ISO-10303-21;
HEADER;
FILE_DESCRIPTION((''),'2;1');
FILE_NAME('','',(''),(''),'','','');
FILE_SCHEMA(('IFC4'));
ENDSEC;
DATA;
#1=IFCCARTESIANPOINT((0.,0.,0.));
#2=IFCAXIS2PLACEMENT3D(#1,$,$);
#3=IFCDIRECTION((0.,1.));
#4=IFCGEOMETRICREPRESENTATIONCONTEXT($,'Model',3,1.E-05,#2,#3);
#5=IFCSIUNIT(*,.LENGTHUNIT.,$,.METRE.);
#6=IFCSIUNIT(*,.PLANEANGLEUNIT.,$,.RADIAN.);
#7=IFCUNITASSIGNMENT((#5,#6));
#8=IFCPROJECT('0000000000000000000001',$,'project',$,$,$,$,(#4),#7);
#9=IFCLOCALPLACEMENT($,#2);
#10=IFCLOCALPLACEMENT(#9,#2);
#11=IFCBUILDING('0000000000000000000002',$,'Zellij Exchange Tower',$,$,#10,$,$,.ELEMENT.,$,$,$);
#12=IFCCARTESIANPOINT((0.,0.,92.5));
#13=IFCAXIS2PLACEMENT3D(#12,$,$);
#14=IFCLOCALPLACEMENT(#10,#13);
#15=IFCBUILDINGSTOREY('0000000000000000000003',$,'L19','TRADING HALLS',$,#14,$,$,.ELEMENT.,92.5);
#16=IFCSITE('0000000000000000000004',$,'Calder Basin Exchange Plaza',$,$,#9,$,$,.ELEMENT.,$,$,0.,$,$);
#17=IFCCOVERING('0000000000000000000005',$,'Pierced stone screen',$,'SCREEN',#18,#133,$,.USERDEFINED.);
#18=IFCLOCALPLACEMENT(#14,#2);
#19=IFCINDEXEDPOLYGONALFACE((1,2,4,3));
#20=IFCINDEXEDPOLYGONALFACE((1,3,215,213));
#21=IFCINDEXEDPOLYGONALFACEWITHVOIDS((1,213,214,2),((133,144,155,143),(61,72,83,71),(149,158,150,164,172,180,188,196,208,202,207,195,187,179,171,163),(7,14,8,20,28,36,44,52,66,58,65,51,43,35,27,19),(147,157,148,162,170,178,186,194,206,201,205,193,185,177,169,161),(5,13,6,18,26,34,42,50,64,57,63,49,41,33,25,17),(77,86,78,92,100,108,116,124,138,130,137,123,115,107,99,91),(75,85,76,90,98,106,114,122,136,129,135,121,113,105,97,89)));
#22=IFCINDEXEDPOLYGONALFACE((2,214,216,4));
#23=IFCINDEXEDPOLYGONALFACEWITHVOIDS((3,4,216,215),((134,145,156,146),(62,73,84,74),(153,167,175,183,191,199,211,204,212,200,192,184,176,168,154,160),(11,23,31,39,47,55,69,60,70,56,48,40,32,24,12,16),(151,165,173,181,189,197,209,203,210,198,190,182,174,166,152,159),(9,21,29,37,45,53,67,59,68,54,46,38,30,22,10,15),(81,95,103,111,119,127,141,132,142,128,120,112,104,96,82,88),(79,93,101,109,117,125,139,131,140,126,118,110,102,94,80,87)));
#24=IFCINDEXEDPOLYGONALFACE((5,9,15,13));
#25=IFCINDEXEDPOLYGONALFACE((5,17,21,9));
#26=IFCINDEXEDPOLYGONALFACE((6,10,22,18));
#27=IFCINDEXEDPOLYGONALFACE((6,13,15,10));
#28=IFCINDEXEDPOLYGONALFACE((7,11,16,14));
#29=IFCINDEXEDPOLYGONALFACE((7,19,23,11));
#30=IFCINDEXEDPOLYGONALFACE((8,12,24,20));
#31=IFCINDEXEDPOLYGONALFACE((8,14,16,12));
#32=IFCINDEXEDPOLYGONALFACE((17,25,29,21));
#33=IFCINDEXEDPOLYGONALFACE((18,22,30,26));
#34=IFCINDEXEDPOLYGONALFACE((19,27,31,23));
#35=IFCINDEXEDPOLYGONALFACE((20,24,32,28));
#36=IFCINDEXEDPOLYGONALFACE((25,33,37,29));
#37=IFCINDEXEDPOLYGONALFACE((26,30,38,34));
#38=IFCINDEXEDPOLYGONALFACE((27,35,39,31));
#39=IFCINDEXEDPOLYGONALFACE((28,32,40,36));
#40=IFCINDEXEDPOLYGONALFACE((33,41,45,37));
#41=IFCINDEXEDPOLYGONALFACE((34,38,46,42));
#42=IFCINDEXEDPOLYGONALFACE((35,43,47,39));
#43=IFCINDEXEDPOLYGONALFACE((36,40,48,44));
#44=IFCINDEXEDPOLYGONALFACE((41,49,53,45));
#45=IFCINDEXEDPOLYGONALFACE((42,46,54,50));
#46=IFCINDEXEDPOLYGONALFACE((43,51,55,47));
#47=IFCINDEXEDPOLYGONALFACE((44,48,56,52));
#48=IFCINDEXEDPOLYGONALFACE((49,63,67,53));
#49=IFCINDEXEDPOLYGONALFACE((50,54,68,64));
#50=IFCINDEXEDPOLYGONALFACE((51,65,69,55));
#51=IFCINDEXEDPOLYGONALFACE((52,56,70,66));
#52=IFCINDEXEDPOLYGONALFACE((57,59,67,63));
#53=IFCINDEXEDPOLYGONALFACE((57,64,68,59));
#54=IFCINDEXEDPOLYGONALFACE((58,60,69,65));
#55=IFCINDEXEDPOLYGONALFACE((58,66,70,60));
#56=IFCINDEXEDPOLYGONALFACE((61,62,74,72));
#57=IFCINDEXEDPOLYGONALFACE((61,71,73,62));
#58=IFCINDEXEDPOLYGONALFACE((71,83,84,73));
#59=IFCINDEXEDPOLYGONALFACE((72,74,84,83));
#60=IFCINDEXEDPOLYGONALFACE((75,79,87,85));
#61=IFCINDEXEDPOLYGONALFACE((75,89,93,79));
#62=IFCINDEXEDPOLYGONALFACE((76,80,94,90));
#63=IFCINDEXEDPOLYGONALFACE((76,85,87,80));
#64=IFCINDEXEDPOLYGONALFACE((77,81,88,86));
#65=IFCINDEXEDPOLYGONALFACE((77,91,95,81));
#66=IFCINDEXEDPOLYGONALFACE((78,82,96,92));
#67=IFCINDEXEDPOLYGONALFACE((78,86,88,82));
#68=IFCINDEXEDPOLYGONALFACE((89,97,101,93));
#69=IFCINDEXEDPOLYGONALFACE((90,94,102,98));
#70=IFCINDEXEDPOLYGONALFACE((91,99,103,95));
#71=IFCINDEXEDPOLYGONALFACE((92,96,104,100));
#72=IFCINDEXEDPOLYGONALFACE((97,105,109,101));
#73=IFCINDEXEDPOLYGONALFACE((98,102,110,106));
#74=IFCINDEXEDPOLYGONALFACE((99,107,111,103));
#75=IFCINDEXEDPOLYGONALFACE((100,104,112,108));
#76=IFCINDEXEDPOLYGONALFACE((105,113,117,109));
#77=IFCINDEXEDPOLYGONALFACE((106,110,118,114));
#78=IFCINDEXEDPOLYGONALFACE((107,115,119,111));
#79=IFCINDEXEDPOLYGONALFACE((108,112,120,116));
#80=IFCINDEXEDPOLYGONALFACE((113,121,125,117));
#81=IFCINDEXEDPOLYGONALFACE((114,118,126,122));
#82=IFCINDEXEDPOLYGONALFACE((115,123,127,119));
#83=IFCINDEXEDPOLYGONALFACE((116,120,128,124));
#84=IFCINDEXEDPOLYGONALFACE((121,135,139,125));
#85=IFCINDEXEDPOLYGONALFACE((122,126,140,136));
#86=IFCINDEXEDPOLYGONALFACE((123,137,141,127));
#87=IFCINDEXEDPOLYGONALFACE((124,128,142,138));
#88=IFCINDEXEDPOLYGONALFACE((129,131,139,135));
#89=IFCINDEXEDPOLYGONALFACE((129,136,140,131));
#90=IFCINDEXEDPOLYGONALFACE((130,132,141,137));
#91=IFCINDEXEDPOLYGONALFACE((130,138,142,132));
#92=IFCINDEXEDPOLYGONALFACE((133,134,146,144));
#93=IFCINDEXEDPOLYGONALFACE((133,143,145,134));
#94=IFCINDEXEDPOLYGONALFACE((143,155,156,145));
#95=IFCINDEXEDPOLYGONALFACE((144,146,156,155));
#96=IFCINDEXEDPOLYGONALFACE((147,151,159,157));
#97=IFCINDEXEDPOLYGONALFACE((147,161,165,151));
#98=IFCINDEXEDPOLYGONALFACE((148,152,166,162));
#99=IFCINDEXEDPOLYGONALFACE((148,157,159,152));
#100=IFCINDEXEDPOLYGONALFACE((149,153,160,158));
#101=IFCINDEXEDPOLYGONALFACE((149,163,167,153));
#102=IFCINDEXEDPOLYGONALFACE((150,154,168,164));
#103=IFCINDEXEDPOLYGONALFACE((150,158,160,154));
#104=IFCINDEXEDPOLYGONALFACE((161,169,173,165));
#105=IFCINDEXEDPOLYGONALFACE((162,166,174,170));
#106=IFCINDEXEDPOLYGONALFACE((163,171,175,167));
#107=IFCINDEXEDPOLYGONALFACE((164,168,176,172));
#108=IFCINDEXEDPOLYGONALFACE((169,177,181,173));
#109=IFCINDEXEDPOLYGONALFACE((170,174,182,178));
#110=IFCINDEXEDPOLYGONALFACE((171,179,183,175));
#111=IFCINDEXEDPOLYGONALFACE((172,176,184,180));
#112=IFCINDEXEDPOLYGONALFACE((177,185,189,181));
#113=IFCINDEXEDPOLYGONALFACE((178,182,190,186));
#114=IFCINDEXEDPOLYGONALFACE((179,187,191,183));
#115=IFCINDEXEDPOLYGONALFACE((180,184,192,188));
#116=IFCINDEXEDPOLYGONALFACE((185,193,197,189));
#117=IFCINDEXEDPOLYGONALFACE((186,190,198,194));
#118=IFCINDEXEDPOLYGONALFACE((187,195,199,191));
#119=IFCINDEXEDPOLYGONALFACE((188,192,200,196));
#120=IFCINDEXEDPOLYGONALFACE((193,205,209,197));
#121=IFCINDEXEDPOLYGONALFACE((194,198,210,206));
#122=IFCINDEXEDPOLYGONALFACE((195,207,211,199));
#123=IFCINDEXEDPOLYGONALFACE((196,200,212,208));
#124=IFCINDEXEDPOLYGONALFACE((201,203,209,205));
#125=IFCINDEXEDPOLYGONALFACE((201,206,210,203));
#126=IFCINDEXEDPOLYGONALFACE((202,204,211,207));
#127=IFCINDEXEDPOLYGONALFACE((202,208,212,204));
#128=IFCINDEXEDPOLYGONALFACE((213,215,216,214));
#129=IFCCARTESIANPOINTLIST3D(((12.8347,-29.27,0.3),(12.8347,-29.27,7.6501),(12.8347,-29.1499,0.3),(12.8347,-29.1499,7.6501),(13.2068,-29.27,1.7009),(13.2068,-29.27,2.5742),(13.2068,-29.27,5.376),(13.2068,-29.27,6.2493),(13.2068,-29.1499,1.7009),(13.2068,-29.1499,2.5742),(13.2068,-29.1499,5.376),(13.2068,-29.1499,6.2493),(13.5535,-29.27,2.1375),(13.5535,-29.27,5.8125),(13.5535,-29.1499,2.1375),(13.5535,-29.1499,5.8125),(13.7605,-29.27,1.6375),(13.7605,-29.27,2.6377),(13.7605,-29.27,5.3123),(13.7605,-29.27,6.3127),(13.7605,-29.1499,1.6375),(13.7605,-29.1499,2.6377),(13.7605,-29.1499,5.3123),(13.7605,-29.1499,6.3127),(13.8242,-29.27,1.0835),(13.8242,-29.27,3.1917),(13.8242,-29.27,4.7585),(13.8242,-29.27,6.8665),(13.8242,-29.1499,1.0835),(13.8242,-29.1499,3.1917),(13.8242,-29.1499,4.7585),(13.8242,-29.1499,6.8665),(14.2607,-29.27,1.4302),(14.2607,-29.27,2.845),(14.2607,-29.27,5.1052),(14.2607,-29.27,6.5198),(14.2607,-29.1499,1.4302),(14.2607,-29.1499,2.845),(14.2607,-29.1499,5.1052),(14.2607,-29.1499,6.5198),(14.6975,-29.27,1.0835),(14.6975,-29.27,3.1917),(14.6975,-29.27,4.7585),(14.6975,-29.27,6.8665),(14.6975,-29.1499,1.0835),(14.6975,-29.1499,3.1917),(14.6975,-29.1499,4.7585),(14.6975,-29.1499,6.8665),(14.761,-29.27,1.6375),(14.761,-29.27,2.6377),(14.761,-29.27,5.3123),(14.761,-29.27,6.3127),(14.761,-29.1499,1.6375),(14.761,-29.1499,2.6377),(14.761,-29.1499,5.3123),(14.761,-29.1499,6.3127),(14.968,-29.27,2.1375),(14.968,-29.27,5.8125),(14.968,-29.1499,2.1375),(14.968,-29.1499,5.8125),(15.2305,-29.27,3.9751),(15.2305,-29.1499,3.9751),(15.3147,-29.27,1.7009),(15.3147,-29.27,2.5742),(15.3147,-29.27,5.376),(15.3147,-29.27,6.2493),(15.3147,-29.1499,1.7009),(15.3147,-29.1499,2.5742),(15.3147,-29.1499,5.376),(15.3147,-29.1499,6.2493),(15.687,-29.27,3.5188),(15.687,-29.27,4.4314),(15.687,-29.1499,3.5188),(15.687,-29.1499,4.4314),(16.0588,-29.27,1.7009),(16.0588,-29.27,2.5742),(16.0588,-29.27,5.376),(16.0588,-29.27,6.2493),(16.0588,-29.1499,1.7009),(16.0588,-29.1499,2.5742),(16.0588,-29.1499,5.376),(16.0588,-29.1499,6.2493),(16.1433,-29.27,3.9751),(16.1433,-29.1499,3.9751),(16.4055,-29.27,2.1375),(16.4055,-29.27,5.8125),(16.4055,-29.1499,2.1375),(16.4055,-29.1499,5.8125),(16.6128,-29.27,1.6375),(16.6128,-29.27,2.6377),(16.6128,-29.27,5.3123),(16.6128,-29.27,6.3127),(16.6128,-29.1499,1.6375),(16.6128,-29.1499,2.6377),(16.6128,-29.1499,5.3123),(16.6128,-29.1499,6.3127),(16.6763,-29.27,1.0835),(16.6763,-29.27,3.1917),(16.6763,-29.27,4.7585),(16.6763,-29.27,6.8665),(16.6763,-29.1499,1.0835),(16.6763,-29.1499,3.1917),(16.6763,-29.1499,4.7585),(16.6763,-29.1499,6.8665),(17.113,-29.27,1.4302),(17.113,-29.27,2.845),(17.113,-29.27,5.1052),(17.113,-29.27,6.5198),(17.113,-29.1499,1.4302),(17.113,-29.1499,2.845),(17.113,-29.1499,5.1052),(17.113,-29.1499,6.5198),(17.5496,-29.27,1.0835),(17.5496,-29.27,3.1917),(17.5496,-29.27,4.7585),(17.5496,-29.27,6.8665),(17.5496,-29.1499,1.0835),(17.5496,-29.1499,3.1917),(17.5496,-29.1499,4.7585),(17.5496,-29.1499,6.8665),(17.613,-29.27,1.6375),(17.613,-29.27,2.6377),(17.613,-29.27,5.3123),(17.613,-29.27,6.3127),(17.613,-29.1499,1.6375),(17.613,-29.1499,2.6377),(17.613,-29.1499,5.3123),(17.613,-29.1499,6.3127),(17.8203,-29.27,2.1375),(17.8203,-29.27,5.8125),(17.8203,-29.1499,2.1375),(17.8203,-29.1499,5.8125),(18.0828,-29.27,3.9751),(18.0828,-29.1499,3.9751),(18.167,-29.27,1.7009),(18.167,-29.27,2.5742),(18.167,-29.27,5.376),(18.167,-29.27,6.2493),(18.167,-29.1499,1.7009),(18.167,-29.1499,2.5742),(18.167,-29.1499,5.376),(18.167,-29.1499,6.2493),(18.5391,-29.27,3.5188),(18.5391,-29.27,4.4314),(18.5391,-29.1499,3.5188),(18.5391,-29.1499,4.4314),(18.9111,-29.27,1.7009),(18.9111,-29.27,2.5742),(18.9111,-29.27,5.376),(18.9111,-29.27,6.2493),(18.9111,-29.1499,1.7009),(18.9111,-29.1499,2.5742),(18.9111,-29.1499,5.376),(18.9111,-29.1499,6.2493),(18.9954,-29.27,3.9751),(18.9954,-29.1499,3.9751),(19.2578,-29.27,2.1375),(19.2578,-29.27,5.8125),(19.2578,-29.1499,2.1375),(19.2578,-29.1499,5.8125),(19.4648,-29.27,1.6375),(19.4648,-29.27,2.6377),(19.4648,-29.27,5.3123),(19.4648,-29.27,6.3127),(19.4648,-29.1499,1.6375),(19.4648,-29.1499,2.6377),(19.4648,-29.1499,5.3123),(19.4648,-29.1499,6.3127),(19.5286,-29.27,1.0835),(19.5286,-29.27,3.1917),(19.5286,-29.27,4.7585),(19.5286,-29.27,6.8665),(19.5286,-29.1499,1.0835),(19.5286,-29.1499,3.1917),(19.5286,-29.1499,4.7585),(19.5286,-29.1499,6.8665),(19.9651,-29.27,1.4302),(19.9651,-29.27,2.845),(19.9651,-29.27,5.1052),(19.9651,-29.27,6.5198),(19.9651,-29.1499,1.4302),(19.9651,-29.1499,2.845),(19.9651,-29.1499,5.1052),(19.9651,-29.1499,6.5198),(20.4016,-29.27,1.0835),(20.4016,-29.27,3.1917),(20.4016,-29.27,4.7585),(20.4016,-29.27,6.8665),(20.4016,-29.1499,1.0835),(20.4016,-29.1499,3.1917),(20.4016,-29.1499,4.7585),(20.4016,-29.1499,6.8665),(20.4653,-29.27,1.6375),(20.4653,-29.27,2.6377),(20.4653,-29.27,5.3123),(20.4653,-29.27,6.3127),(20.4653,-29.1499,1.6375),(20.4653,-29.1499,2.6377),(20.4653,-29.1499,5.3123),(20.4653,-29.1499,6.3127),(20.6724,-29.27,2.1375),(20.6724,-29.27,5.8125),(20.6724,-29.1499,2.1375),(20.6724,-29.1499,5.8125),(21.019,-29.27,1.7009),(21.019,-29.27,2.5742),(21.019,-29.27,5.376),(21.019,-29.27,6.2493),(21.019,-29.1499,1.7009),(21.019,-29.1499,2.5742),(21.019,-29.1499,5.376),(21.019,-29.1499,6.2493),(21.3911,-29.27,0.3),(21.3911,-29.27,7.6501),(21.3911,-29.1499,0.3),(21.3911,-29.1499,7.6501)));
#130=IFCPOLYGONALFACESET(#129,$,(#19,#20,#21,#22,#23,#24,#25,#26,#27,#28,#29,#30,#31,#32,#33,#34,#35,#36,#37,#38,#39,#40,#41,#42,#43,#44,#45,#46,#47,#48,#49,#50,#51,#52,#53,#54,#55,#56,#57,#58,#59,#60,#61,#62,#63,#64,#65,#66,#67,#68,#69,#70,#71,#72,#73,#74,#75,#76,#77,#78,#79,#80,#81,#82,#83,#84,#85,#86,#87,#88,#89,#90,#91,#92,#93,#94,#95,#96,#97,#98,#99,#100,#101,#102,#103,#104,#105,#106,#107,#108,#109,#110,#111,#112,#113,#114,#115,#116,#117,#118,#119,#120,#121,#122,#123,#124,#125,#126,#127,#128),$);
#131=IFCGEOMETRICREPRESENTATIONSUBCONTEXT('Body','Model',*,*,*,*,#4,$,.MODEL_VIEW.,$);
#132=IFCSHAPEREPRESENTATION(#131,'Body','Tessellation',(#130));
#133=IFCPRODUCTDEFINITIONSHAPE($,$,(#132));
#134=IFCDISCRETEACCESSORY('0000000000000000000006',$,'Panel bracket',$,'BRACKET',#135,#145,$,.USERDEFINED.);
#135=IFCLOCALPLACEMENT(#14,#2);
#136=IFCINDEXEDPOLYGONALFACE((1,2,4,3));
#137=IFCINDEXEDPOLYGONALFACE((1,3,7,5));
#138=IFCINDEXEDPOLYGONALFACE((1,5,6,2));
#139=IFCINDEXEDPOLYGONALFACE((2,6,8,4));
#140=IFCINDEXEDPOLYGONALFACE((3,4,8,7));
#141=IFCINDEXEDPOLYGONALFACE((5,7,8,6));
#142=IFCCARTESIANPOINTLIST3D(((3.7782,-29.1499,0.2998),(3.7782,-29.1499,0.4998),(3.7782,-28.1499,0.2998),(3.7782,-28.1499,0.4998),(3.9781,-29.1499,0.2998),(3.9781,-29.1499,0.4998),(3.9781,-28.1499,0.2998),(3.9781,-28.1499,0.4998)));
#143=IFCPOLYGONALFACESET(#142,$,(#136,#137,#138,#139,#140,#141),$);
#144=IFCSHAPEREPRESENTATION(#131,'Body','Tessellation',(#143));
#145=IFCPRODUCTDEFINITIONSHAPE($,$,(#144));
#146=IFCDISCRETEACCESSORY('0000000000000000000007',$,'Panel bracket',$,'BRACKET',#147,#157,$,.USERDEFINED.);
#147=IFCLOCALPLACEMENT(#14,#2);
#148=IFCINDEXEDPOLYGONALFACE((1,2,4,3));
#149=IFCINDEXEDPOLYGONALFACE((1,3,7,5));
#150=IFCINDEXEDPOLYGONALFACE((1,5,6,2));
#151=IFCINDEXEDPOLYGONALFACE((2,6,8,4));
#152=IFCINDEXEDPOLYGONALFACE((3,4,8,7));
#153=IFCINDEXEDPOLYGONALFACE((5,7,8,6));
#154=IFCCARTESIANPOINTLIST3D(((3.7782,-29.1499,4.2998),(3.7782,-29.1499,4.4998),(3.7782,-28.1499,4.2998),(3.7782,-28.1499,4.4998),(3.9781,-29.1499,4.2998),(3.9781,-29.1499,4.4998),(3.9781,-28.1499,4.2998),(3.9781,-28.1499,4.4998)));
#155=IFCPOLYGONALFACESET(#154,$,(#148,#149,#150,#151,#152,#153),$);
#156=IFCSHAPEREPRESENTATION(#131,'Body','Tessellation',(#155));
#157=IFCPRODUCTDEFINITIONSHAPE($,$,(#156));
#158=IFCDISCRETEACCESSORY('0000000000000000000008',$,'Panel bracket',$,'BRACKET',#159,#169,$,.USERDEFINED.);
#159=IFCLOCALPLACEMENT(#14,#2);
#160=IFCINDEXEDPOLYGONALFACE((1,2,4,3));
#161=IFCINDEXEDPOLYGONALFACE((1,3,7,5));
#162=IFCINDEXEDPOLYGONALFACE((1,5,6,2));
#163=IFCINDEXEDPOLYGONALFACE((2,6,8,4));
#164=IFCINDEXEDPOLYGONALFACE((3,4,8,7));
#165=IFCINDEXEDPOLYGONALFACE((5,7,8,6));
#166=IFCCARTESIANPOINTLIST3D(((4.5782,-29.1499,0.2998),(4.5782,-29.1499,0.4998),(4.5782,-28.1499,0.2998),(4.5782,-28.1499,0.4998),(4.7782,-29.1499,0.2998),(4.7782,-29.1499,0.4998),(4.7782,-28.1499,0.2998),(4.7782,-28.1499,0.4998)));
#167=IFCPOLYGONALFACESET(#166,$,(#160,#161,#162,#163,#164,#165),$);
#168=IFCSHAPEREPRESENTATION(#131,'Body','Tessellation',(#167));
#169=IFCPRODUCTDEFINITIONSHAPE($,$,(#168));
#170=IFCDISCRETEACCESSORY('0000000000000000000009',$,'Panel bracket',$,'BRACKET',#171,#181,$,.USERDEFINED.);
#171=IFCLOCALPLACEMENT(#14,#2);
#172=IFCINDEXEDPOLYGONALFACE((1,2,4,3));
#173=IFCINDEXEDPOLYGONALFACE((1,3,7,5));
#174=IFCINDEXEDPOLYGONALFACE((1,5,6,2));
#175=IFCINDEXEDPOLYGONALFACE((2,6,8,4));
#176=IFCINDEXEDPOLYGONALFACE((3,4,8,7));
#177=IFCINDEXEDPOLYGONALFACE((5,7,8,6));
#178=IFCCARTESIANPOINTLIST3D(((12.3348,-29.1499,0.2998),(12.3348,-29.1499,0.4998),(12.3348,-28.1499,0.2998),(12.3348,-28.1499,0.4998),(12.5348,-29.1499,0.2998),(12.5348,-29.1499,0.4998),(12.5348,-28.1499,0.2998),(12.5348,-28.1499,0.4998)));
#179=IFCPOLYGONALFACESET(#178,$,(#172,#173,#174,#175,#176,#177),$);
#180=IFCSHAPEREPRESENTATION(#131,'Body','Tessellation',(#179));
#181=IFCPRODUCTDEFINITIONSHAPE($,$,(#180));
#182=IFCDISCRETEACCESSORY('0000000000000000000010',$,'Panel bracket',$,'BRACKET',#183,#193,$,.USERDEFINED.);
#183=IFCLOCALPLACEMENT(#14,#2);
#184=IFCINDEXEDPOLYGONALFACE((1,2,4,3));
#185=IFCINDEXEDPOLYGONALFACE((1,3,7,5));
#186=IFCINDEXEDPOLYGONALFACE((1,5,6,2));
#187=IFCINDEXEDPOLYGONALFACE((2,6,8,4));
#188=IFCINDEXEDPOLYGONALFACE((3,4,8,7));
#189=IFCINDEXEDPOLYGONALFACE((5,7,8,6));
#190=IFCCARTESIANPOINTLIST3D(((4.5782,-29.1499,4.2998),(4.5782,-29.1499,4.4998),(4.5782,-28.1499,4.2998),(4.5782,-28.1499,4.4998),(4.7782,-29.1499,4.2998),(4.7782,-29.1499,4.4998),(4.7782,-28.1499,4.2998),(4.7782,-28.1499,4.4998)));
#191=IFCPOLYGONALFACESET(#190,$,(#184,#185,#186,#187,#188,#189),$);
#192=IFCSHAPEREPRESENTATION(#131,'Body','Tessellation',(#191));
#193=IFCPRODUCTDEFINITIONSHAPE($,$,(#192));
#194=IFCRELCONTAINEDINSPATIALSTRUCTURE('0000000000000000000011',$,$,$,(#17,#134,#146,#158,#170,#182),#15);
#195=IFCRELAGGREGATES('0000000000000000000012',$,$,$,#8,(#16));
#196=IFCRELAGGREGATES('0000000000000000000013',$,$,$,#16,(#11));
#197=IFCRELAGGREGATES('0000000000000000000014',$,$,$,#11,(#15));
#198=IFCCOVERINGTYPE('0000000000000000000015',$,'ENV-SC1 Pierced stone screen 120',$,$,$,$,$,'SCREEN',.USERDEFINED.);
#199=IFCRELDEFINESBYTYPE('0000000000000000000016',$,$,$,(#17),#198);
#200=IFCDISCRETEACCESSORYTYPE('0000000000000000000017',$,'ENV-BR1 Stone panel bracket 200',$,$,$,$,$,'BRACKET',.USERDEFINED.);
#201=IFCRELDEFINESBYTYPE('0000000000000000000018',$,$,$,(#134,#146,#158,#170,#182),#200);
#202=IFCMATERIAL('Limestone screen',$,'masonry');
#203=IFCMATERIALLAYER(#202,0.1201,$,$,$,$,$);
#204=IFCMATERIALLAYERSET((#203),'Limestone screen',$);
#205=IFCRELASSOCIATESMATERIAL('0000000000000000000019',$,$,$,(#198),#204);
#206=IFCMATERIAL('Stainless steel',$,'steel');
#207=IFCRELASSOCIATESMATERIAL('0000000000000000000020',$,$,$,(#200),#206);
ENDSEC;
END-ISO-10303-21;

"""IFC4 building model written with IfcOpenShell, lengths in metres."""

from ifc_helpers import new_model, si_unit, direction, frame, origin, origin_2d, place, context, subcontext, project, spatial, polyline, rectangle, outline, extrude, material, layer, layer_set, type_object, element, save


model = new_model("IFC4")

# Units and contexts
model_context = context("Model", 3, precision=1e-05, world=origin(), true_north=direction((0.0, 1.0)))
body_context = subcontext(model_context, "Body", "Model", "MODEL_VIEW")
ifc_project = project(units=[si_unit("LENGTHUNIT", "METRE"), si_unit("PLANEANGLEUNIT", "RADIAN")], contexts=[model_context])

# Site, building, storey
site_placement = place(None, origin())
site = spatial("IfcSite", under=ifc_project, at=site_placement, Name="Calder Basin Exchange Plaza", CompositionType="ELEMENT", RefElevation=0.0)
building_placement = place(site_placement, origin())
building = spatial("IfcBuilding", under=site, at=building_placement, Name="Zellij Exchange Tower", CompositionType="ELEMENT")
storey_placement = place(building_placement, frame((0.0, 0.0, 92.5)))
storey = spatial("IfcBuildingStorey", under=building, at=storey_placement, Name="L19", Description="TRADING HALLS", CompositionType="ELEMENT", Elevation=92.5)

# Covering
ifc_material_1 = material(Name="Limestone screen", Category="masonry")
ifc_layer_1 = layer(ifc_material_1, 0.1201)
ifc_layer_set_1 = layer_set([ifc_layer_1], Name="Limestone screen")
covering_type = type_object("IfcCoveringType", Name="ENV-SC1 Pierced stone screen 120", ElementType="SCREEN", PredefinedType="USERDEFINED", material=ifc_layer_set_1)
covering_1_placement = place(storey_placement, frame((12.8347, -29.21, 0.3), z_axis=(0.0, 0.0, 1.0), x_axis=(1.0, 0.0, 0.0)))
element("IfcCovering", 1, at=covering_1_placement, inside=storey, type_object=covering_type, Name="Pierced stone screen", ObjectType="SCREEN", PredefinedType="USERDEFINED", context=body_context, shape_type="SweptSolid", body=[
    extrude(outline(polyline([(0.0, 0.0), (8.5564, 0.0), (8.5564, 7.3501), (0.0, 7.3501), (0.0, 0.0)]), holes=[polyline([(2.48, 2.2742), (1.9263, 2.3376), (1.8628, 2.8916), (1.426, 2.5449), (0.9895, 2.8916), (0.9258, 2.3376), (0.3721, 2.2742), (0.7188, 1.8374), (0.3721, 1.4009), (0.9258, 1.3374), (0.9895, 0.7834), (1.426, 1.1301), (1.8628, 0.7834), (1.9263, 1.3374), (2.48, 1.4009), (2.1333, 1.8374), (2.48, 2.2742)]), polyline([(2.48, 5.9492), (1.9263, 6.0127), (1.8628, 6.5664), (1.426, 6.2197), (0.9895, 6.5664), (0.9258, 6.0127), (0.3721, 5.9492), (0.7188, 5.5125), (0.3721, 5.0759), (0.9258, 5.0122), (0.9895, 4.4585), (1.426, 4.8052), (1.8628, 4.4585), (1.9263, 5.0122), (2.48, 5.0759), (2.1333, 5.5125), (2.48, 5.9492)]), polyline([(5.3323, 2.2742), (4.7783, 2.3376), (4.7148, 2.8916), (4.2783, 2.5449), (3.8416, 2.8916), (3.7781, 2.3376), (3.2241, 2.2742), (3.5708, 1.8374), (3.2241, 1.4009), (3.7781, 1.3374), (3.8416, 0.7834), (4.2783, 1.1301), (4.7148, 0.7834), (4.7783, 1.3374), (5.3323, 1.4009), (4.9856, 1.8374), (5.3323, 2.2742)]), polyline([(5.3323, 5.9492), (4.7783, 6.0127), (4.7148, 6.5664), (4.2783, 6.2197), (3.8416, 6.5664), (3.7781, 6.0127), (3.2241, 5.9492), (3.5708, 5.5125), (3.2241, 5.0759), (3.7781, 5.0122), (3.8416, 4.4585), (4.2783, 4.8052), (4.7148, 4.4585), (4.7783, 5.0122), (5.3323, 5.0759), (4.9856, 5.5125), (5.3323, 5.9492)]), polyline([(8.1843, 2.2742), (7.6306, 2.3376), (7.5669, 2.8916), (7.1304, 2.5449), (6.6938, 2.8916), (6.6301, 2.3376), (6.0764, 2.2742), (6.4231, 1.8374), (6.0764, 1.4009), (6.6301, 1.3374), (6.6938, 0.7834), (7.1304, 1.1301), (7.5669, 0.7834), (7.6306, 1.3374), (8.1843, 1.4009), (7.8376, 1.8374), (8.1843, 2.2742)]), polyline([(8.1843, 5.9492), (7.6306, 6.0127), (7.5669, 6.5664), (7.1304, 6.2197), (6.6938, 6.5664), (6.6301, 6.0127), (6.0764, 5.9492), (6.4231, 5.5125), (6.0764, 5.0759), (6.6301, 5.0122), (6.6938, 4.4585), (7.1304, 4.8052), (7.5669, 4.4585), (7.6306, 5.0122), (8.1843, 5.0759), (7.8376, 5.5125), (8.1843, 5.9492)]), polyline([(3.3086, 3.675), (2.8523, 4.1313), (2.3958, 3.675), (2.8523, 3.2188), (3.3086, 3.675)]), polyline([(6.1606, 3.675), (5.7043, 4.1313), (5.248, 3.675), (5.7043, 3.2188), (6.1606, 3.675)])]), frame((0.0, 0.0601, 0.0), z_axis=(0.0, -1.0, 0.0), x_axis=(1.0, 0.0, 0.0)), (0.0, 0.0, 1.0), 0.1201),
])

# Discrete accessories
ifc_material_2 = material(Name="Stainless steel", Category="steel")
discrete_accessory_type = type_object("IfcDiscreteAccessoryType", Name="ENV-BR1 Stone panel bracket 200", ElementType="BRACKET", PredefinedType="USERDEFINED", material=ifc_material_2)
for number, where, z_axis, x_axis, name in (
    (2, (3.8782, -28.6499, 0.2998), (0.0, 0.0, 1.0), (1.0, 0.0, 0.0), "Panel bracket"),
    (3, (3.8782, -28.6499, 4.2998), (0.0, 0.0, 1.0), (1.0, 0.0, 0.0), "Panel bracket"),
    (4, (4.6782, -28.6499, 0.2998), (0.0, 0.0, 1.0), (1.0, 0.0, 0.0), "Panel bracket"),
    (5, (12.4348, -28.6499, 0.2998), (0.0, 0.0, 1.0), (1.0, 0.0, 0.0), "Panel bracket"),
    (6, (4.6782, -28.6499, 4.2998), (0.0, 0.0, 1.0), (1.0, 0.0, 0.0), "Panel bracket"),
):
    element("IfcDiscreteAccessory", number, at=place(storey_placement, frame(where, z_axis=z_axis, x_axis=x_axis)), inside=storey, type_object=discrete_accessory_type, Name=name, ObjectType="BRACKET", PredefinedType="USERDEFINED", context=body_context, shape_type="SweptSolid", body=[
        extrude(rectangle(XDim=0.2, YDim=1.0, at=origin_2d()), origin(), (0.0, 0.0, 1.0), 0.2),
    ])

save(model, "model.ifc")
